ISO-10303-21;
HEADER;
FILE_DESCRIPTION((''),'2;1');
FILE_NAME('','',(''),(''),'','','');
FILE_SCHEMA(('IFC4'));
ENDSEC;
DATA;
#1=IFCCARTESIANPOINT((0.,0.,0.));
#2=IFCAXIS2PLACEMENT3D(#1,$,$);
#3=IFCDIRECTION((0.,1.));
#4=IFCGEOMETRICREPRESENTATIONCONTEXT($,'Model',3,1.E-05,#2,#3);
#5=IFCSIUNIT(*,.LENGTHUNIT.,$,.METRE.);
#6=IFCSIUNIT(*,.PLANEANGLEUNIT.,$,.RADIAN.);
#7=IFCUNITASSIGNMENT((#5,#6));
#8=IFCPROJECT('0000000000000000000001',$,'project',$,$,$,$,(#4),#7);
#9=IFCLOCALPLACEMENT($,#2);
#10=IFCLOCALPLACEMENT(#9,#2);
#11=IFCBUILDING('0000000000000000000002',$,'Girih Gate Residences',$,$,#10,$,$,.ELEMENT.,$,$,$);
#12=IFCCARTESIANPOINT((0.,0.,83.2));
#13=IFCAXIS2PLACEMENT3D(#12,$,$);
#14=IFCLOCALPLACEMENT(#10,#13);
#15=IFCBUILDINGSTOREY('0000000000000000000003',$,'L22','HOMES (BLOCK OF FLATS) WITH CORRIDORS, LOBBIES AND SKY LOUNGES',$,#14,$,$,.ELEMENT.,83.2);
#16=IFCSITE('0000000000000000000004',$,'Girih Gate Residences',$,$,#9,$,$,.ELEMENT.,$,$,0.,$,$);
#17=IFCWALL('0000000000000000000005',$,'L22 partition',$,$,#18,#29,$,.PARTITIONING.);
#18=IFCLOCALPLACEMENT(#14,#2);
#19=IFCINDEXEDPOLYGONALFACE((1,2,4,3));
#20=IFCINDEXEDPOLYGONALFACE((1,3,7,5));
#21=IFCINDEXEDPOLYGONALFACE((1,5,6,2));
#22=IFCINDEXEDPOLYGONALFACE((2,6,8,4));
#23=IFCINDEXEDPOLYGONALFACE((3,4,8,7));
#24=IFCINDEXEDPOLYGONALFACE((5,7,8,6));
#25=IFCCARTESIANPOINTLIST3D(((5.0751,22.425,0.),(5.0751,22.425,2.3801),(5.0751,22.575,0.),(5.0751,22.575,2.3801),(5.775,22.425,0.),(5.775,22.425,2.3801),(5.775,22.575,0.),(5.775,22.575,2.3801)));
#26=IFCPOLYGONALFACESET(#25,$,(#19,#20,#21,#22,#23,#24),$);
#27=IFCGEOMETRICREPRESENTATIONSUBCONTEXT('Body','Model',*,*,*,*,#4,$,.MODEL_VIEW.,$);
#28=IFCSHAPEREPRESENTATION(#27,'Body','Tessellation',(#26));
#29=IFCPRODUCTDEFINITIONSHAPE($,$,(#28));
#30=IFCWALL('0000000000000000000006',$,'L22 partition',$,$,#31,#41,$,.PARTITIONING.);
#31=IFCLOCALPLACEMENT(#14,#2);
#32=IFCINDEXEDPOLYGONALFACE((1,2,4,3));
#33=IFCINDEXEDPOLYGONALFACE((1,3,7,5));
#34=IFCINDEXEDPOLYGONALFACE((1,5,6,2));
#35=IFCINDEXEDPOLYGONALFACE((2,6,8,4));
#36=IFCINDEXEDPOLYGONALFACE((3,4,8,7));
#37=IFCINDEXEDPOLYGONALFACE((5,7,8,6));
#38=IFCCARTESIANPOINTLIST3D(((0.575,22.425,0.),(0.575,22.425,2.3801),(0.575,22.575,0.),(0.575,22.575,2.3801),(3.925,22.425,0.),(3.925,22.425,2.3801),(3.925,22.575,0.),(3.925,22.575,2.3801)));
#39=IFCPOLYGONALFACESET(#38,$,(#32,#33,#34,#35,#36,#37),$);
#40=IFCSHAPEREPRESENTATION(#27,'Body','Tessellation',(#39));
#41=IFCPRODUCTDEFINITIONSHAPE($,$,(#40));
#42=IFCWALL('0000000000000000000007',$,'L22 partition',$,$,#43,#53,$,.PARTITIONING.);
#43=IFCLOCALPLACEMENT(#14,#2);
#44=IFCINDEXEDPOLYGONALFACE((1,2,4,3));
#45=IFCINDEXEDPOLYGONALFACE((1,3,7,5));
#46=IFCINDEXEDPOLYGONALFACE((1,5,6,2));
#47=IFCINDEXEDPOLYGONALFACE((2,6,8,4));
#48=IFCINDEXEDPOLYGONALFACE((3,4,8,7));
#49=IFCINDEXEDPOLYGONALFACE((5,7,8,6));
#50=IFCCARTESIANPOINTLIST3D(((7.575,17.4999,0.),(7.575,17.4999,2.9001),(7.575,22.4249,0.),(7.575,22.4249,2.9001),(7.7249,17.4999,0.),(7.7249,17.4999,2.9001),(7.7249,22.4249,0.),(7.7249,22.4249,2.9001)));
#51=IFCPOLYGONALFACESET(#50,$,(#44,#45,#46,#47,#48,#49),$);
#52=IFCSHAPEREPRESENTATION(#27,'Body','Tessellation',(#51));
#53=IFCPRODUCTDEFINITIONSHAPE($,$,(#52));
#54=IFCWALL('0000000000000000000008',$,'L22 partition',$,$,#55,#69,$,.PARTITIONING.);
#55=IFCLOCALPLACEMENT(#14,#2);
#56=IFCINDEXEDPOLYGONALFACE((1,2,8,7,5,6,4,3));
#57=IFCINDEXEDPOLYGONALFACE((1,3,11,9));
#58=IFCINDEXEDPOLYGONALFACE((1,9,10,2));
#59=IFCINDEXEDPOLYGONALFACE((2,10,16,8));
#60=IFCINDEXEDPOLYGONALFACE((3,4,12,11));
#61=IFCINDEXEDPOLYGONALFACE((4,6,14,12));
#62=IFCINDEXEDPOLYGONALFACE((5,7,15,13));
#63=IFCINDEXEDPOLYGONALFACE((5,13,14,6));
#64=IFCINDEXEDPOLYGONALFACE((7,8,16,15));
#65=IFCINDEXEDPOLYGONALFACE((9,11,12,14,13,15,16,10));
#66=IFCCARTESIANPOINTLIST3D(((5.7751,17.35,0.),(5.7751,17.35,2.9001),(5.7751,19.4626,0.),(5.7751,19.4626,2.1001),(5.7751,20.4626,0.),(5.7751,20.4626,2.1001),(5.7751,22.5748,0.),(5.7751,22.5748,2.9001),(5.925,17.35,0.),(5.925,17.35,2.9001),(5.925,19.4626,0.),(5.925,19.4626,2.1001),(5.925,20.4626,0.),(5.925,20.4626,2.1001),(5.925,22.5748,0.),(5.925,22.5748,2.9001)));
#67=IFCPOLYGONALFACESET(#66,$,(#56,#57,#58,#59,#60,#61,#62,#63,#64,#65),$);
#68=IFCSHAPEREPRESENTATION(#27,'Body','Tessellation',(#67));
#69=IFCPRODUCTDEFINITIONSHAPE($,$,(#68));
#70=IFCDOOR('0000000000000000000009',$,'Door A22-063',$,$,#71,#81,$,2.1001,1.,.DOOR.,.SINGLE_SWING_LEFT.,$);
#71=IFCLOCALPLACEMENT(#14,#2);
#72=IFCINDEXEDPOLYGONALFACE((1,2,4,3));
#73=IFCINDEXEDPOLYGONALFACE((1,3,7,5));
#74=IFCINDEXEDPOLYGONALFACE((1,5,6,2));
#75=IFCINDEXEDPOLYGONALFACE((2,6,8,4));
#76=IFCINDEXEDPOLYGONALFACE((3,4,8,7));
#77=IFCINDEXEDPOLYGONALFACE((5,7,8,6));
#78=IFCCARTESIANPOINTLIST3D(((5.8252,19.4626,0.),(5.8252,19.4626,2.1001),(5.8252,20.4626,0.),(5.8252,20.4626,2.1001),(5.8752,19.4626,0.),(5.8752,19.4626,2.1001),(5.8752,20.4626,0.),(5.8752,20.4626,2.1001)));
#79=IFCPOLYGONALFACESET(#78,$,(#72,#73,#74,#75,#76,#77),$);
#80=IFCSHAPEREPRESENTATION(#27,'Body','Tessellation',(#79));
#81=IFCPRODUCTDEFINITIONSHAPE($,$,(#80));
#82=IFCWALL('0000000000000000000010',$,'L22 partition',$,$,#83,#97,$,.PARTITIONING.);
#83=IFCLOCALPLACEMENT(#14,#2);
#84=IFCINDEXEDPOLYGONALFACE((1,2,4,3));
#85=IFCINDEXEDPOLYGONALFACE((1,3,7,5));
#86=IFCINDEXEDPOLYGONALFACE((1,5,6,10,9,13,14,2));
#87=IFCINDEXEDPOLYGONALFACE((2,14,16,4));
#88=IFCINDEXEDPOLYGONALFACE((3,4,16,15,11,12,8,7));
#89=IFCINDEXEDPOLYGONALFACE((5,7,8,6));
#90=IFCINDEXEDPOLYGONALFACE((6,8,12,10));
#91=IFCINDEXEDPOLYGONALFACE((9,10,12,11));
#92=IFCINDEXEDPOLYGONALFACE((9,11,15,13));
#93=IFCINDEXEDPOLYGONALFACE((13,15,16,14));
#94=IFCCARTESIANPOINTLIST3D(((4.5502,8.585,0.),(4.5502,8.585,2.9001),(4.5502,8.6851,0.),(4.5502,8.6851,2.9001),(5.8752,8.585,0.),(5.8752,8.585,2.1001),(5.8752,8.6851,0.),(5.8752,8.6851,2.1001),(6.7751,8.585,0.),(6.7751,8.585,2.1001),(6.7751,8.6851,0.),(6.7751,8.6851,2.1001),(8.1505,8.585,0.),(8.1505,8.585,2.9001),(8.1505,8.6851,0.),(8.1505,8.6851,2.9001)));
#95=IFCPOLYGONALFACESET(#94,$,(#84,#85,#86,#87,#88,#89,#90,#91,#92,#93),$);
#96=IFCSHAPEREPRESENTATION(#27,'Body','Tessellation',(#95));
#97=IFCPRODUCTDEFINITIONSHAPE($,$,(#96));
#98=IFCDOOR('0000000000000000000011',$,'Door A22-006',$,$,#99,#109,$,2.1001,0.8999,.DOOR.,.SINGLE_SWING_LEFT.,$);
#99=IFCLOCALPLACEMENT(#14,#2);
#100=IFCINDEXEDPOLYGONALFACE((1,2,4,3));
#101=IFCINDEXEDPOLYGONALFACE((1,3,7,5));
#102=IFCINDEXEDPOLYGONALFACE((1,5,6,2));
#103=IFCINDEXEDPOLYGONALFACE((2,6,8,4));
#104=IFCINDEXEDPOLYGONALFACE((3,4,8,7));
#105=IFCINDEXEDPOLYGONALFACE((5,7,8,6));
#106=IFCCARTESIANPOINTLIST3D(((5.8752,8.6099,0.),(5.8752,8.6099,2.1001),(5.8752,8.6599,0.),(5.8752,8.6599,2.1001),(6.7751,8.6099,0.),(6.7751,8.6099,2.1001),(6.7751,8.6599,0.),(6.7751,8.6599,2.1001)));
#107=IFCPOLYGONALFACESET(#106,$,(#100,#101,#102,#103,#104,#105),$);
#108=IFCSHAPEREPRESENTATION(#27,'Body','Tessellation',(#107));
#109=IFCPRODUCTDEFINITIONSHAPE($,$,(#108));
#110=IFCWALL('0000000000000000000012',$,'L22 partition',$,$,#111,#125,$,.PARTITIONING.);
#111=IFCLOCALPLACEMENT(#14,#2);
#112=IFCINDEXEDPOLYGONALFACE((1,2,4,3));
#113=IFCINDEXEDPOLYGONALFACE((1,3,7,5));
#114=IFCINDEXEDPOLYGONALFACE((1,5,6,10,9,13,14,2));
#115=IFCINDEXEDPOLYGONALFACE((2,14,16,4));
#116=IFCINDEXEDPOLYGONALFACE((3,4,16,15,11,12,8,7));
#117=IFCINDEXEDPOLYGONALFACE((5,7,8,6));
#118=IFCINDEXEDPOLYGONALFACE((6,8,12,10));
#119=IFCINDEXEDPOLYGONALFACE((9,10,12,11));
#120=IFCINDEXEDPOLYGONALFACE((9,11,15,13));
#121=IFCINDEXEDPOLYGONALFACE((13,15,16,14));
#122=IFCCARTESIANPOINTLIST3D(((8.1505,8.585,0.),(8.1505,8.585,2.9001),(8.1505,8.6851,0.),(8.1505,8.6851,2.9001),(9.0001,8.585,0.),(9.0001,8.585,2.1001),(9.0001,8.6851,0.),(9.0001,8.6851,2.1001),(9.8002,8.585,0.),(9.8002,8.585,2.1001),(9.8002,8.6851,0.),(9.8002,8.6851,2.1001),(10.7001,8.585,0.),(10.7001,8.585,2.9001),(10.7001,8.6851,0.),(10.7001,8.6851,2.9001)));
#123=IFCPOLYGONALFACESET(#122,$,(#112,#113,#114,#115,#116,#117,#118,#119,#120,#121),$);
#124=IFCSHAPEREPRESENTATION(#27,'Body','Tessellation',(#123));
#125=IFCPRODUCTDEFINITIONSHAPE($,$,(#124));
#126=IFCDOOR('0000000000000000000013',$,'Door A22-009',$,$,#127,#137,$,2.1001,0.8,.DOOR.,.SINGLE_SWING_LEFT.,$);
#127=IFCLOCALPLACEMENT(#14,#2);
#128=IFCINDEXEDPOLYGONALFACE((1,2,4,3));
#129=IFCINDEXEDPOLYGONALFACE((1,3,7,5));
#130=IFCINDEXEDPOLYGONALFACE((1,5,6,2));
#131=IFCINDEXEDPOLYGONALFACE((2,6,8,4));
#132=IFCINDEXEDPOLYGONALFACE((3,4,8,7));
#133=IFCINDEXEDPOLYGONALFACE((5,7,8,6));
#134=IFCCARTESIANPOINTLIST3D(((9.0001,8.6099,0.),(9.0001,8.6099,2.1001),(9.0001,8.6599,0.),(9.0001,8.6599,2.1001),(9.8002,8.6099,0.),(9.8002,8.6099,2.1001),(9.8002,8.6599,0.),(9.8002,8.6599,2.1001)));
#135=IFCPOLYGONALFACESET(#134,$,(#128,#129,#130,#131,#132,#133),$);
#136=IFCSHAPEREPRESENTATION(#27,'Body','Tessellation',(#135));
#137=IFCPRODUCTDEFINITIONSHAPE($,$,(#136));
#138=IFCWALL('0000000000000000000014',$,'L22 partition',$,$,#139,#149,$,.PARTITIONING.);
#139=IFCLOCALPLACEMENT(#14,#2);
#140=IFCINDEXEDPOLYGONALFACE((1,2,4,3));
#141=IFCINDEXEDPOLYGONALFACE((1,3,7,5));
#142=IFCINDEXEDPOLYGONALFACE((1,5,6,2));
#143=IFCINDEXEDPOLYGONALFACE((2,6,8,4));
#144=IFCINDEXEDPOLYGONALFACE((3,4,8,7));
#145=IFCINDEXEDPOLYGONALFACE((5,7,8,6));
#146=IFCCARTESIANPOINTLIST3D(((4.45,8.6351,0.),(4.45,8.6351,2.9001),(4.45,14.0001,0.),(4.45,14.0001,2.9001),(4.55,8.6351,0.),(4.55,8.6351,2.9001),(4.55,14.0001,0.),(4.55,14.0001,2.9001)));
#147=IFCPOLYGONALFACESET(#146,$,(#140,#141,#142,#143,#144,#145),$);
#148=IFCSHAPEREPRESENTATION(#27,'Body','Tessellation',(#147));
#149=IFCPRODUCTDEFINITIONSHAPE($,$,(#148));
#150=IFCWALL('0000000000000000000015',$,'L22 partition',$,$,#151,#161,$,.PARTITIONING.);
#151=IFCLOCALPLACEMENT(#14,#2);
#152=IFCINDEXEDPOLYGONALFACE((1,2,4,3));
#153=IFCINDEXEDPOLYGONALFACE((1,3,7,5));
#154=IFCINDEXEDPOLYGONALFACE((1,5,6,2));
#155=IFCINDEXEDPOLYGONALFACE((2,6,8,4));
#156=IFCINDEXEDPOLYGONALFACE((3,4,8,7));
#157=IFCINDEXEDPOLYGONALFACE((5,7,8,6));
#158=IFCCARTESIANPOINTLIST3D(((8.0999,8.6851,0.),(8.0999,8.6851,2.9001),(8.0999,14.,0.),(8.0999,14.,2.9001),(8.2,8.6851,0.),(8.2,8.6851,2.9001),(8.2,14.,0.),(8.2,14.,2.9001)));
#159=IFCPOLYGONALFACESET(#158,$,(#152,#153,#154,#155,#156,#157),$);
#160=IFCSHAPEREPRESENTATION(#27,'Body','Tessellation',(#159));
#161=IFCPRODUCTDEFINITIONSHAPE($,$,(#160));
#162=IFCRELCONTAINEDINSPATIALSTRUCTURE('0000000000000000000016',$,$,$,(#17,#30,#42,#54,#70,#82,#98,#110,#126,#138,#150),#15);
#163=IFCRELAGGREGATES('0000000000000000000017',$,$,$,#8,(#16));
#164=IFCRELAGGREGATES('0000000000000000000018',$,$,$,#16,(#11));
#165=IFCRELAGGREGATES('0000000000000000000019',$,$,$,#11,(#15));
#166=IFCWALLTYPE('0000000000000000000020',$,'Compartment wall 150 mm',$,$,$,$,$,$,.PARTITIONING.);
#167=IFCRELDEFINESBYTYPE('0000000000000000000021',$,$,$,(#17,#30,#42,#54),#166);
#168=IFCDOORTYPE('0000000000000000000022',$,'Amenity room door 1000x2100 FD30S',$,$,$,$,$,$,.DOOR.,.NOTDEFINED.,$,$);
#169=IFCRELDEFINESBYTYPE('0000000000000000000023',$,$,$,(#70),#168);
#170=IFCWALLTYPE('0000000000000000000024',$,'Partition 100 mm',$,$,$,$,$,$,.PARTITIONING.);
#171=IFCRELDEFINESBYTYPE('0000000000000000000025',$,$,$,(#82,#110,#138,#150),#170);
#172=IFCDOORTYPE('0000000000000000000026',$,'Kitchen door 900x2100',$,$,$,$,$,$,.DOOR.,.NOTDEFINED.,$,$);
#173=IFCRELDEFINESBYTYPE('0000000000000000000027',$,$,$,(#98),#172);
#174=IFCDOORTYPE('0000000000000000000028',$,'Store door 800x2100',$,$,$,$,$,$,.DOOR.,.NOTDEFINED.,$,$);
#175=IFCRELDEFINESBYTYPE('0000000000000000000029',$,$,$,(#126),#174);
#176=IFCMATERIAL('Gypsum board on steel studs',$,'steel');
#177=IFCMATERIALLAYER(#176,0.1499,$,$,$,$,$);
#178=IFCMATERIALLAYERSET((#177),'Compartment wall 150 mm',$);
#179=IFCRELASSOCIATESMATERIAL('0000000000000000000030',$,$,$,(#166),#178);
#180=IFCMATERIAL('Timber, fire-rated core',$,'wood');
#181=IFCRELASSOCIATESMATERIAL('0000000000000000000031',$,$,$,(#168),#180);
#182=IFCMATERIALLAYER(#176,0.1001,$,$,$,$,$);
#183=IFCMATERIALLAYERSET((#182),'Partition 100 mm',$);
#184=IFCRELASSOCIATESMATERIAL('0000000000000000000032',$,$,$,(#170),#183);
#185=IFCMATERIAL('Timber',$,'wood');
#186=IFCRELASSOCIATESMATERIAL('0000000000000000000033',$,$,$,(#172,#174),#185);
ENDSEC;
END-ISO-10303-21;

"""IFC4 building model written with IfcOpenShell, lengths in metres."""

from ifc_helpers import new_model, si_unit, direction, frame, frame_2d, origin, place, context, subcontext, project, spatial, rectangle, extrude, material, layer, layer_set, type_object, element, fill, save


model = new_model("IFC4")

# Units and contexts
model_context = context("Model", 3, precision=1e-05, world=origin(), true_north=direction((0.0, 1.0)))
body_context = subcontext(model_context, "Body", "Model", "MODEL_VIEW")
ifc_project = project(units=[si_unit("LENGTHUNIT", "METRE"), si_unit("PLANEANGLEUNIT", "RADIAN")], contexts=[model_context])

# Site, building, storey
site_placement = place(None, origin())
site = spatial("IfcSite", under=ifc_project, at=site_placement, Name="Girih Gate Residences", CompositionType="ELEMENT", RefElevation=0.0)
building_placement = place(site_placement, origin())
building = spatial("IfcBuilding", under=site, at=building_placement, Name="Girih Gate Residences", CompositionType="ELEMENT")
storey_placement = place(building_placement, frame((0.0, 0.0, 83.2)))
storey = spatial("IfcBuildingStorey", under=building, at=storey_placement, Name="L22", Description="HOMES (BLOCK OF FLATS) WITH CORRIDORS, LOBBIES AND SKY LOUNGES", CompositionType="ELEMENT", Elevation=83.2)

# Shared definitions
ifc_material_1 = material(Name="Gypsum board on steel studs", Category="steel")
ifc_layer_1 = layer(ifc_material_1, 0.1499)
ifc_layer_set_1 = layer_set([ifc_layer_1], Name="Compartment wall 150 mm")
wall_type_1 = type_object("IfcWallType", Name="Compartment wall 150 mm", PredefinedType="PARTITIONING", material=ifc_layer_set_1)

# Shared definitions
ifc_material_2 = material(Name="Timber", Category="wood")

# Walls
wall_1_placement = place(storey_placement, frame((5.075, 22.5, 0.0), z_axis=(0.0, 0.0, 1.0), x_axis=(1.0, 0.0, 0.0)))
element("IfcWall", 1, at=wall_1_placement, inside=storey, type_object=wall_type_1, Name="L22 partition", PredefinedType="PARTITIONING", context=body_context, shape_type="SweptSolid", body=[
    extrude(rectangle(XDim=0.7, YDim=0.1499, at=frame_2d((0.3501, 0.0))), origin(), (0.0, 0.0, 1.0), 2.3801),
])
wall_2_placement = place(storey_placement, frame((0.575, 22.5, 0.0), z_axis=(0.0, 0.0, 1.0), x_axis=(1.0, 0.0, 0.0)))
element("IfcWall", 2, at=wall_2_placement, inside=storey, type_object=wall_type_1, Name="L22 partition", PredefinedType="PARTITIONING", context=body_context, shape_type="SweptSolid", body=[
    extrude(rectangle(XDim=3.3501, YDim=0.1499, at=frame_2d((1.675, 0.0))), origin(), (0.0, 0.0, 1.0), 2.3801),
])
wall_3_placement = place(storey_placement, frame((7.6499, 17.5, 0.0), z_axis=(0.0, 0.0, 1.0), x_axis=(0.0, 1.0, 0.0)))
element("IfcWall", 3, at=wall_3_placement, inside=storey, type_object=wall_type_1, Name="L22 partition", PredefinedType="PARTITIONING", context=body_context, shape_type="SweptSolid", body=[
    extrude(rectangle(XDim=4.925, YDim=0.1499, at=frame_2d((2.4624, 0.0))), origin(), (0.0, 0.0, 1.0), 2.9001),
])

# Walls, openings, doors
wall_4_placement = place(storey_placement, frame((5.8501, 17.3501, 0.0), z_axis=(0.0, 0.0, 1.0), x_axis=(0.0, 1.0, 0.0)))
wall_4 = element("IfcWall", 4, at=wall_4_placement, inside=storey, type_object=wall_type_1, Name="L22 partition", PredefinedType="PARTITIONING", context=body_context, shape_type="SweptSolid", body=[
    extrude(rectangle(XDim=5.2249, YDim=0.1499, at=frame_2d((2.6123, 0.0))), origin(), (0.0, 0.0, 1.0), 2.9001),
])
opening_1_placement = place(wall_4_placement, frame((2.1125, 0.0, 0.0)))
opening_1 = element("IfcOpeningElement", 5, at=opening_1_placement, cuts=wall_4, PredefinedType="OPENING", context=body_context, shape_type="SweptSolid", body=[
    extrude(rectangle(XDim=1.0, YDim=2.1001, at=frame_2d((0.5, 1.05))), frame((0.0, 0.085, 0.0), z_axis=(0.0, -1.0, 0.0), x_axis=(1.0, 0.0, 0.0)), (0.0, 0.0, 1.0), 0.1699),
])
ifc_material_3 = material(Name="Timber, fire-rated core", Category="wood")
door_type_1 = type_object("IfcDoorType", Name="Amenity room door 1000x2100 FD30S", OperationType="NOTDEFINED", PredefinedType="DOOR", material=ifc_material_3)
door_1_placement = place(opening_1_placement, origin())
door_1 = element("IfcDoor", 6, at=door_1_placement, inside=storey, type_object=door_type_1, Name="Door A22-063", OperationType="SINGLE_SWING_LEFT", OverallHeight=2.1001, OverallWidth=1.0, PredefinedType="DOOR", context=body_context, shape_type="SweptSolid", body=[
    extrude(rectangle(XDim=1.0, YDim=2.1001, at=frame_2d((0.5, 1.05))), frame((0.0, 0.0249, 0.0), z_axis=(0.0, -1.0, 0.0), x_axis=(1.0, 0.0, 0.0)), (0.0, 0.0, 1.0), 0.05),
])
fill(opening_1, door_1)
ifc_layer_2 = layer(ifc_material_1, 0.1001)
ifc_layer_set_2 = layer_set([ifc_layer_2], Name="Partition 100 mm")
wall_type_2 = type_object("IfcWallType", Name="Partition 100 mm", PredefinedType="PARTITIONING", material=ifc_layer_set_2)
wall_5_placement = place(storey_placement, frame((4.55, 8.635, 0.0), z_axis=(0.0, 0.0, 1.0), x_axis=(1.0, 0.0, 0.0)))
wall_5 = element("IfcWall", 7, at=wall_5_placement, inside=storey, type_object=wall_type_2, Name="L22 partition", PredefinedType="PARTITIONING", context=body_context, shape_type="SweptSolid", body=[
    extrude(rectangle(XDim=3.6003, YDim=0.1001, at=frame_2d((1.8003, 0.0))), origin(), (0.0, 0.0, 1.0), 2.9001),
])
opening_2_placement = place(wall_5_placement, frame((1.3252, 0.0, 0.0)))
opening_2 = element("IfcOpeningElement", 8, at=opening_2_placement, cuts=wall_5, PredefinedType="OPENING", context=body_context, shape_type="SweptSolid", body=[
    extrude(rectangle(XDim=0.8999, YDim=2.1001, at=frame_2d((0.45, 1.05))), frame((0.0, 0.0601, 0.0), z_axis=(0.0, -1.0, 0.0), x_axis=(1.0, 0.0, 0.0)), (0.0, 0.0, 1.0), 0.1201),
])
door_type_2 = type_object("IfcDoorType", Name="Kitchen door 900x2100", OperationType="NOTDEFINED", PredefinedType="DOOR", material=ifc_material_2)
door_2_placement = place(opening_2_placement, origin())
door_2 = element("IfcDoor", 9, at=door_2_placement, inside=storey, type_object=door_type_2, Name="Door A22-006", OperationType="SINGLE_SWING_LEFT", OverallHeight=2.1001, OverallWidth=0.8999, PredefinedType="DOOR", context=body_context, shape_type="SweptSolid", body=[
    extrude(rectangle(XDim=0.8999, YDim=2.1001, at=frame_2d((0.45, 1.05))), frame((0.0, 0.0249, 0.0), z_axis=(0.0, -1.0, 0.0), x_axis=(1.0, 0.0, 0.0)), (0.0, 0.0, 1.0), 0.05),
])
fill(opening_2, door_2)
wall_6_placement = place(storey_placement, frame((8.1504, 8.635, 0.0), z_axis=(0.0, 0.0, 1.0), x_axis=(1.0, 0.0, 0.0)))
wall_6 = element("IfcWall", 10, at=wall_6_placement, inside=storey, type_object=wall_type_2, Name="L22 partition", PredefinedType="PARTITIONING", context=body_context, shape_type="SweptSolid", body=[
    extrude(rectangle(XDim=2.5496, YDim=0.1001, at=frame_2d((1.2749, 0.0))), origin(), (0.0, 0.0, 1.0), 2.9001),
])
opening_3_placement = place(wall_6_placement, frame((0.8499, 0.0, 0.0)))
opening_3 = element("IfcOpeningElement", 11, at=opening_3_placement, cuts=wall_6, PredefinedType="OPENING", context=body_context, shape_type="SweptSolid", body=[
    extrude(rectangle(XDim=0.8, YDim=2.1001, at=frame_2d((0.3999, 1.05))), frame((0.0, 0.0601, 0.0), z_axis=(0.0, -1.0, 0.0), x_axis=(1.0, 0.0, 0.0)), (0.0, 0.0, 1.0), 0.1201),
])
door_type_3 = type_object("IfcDoorType", Name="Store door 800x2100", OperationType="NOTDEFINED", PredefinedType="DOOR", material=ifc_material_2)
door_3_placement = place(opening_3_placement, origin())
door_3 = element("IfcDoor", 12, at=door_3_placement, inside=storey, type_object=door_type_3, Name="Door A22-009", OperationType="SINGLE_SWING_LEFT", OverallHeight=2.1001, OverallWidth=0.8, PredefinedType="DOOR", context=body_context, shape_type="SweptSolid", body=[
    extrude(rectangle(XDim=0.8, YDim=2.1001, at=frame_2d((0.3999, 1.05))), frame((0.0, 0.0249, 0.0), z_axis=(0.0, -1.0, 0.0), x_axis=(1.0, 0.0, 0.0)), (0.0, 0.0, 1.0), 0.05),
])
fill(opening_3, door_3)

# Walls
wall_7_placement = place(storey_placement, frame((4.5, 8.635, 0.0), z_axis=(0.0, 0.0, 1.0), x_axis=(0.0, 1.0, 0.0)))
element("IfcWall", 13, at=wall_7_placement, inside=storey, type_object=wall_type_2, Name="L22 partition", PredefinedType="PARTITIONING", context=body_context, shape_type="SweptSolid", body=[
    extrude(rectangle(XDim=5.365, YDim=0.1001, at=frame_2d((2.6826, 0.0))), origin(), (0.0, 0.0, 1.0), 2.9001),
])
wall_8_placement = place(storey_placement, frame((8.1499, 8.6851, 0.0), z_axis=(0.0, 0.0, 1.0), x_axis=(0.0, 1.0, 0.0)))
element("IfcWall", 14, at=wall_8_placement, inside=storey, type_object=wall_type_2, Name="L22 partition", PredefinedType="PARTITIONING", context=body_context, shape_type="SweptSolid", body=[
    extrude(rectangle(XDim=5.3149, YDim=0.1001, at=frame_2d((2.6575, 0.0))), origin(), (0.0, 0.0, 1.0), 2.9001),
])

save(model, "model.ifc")
